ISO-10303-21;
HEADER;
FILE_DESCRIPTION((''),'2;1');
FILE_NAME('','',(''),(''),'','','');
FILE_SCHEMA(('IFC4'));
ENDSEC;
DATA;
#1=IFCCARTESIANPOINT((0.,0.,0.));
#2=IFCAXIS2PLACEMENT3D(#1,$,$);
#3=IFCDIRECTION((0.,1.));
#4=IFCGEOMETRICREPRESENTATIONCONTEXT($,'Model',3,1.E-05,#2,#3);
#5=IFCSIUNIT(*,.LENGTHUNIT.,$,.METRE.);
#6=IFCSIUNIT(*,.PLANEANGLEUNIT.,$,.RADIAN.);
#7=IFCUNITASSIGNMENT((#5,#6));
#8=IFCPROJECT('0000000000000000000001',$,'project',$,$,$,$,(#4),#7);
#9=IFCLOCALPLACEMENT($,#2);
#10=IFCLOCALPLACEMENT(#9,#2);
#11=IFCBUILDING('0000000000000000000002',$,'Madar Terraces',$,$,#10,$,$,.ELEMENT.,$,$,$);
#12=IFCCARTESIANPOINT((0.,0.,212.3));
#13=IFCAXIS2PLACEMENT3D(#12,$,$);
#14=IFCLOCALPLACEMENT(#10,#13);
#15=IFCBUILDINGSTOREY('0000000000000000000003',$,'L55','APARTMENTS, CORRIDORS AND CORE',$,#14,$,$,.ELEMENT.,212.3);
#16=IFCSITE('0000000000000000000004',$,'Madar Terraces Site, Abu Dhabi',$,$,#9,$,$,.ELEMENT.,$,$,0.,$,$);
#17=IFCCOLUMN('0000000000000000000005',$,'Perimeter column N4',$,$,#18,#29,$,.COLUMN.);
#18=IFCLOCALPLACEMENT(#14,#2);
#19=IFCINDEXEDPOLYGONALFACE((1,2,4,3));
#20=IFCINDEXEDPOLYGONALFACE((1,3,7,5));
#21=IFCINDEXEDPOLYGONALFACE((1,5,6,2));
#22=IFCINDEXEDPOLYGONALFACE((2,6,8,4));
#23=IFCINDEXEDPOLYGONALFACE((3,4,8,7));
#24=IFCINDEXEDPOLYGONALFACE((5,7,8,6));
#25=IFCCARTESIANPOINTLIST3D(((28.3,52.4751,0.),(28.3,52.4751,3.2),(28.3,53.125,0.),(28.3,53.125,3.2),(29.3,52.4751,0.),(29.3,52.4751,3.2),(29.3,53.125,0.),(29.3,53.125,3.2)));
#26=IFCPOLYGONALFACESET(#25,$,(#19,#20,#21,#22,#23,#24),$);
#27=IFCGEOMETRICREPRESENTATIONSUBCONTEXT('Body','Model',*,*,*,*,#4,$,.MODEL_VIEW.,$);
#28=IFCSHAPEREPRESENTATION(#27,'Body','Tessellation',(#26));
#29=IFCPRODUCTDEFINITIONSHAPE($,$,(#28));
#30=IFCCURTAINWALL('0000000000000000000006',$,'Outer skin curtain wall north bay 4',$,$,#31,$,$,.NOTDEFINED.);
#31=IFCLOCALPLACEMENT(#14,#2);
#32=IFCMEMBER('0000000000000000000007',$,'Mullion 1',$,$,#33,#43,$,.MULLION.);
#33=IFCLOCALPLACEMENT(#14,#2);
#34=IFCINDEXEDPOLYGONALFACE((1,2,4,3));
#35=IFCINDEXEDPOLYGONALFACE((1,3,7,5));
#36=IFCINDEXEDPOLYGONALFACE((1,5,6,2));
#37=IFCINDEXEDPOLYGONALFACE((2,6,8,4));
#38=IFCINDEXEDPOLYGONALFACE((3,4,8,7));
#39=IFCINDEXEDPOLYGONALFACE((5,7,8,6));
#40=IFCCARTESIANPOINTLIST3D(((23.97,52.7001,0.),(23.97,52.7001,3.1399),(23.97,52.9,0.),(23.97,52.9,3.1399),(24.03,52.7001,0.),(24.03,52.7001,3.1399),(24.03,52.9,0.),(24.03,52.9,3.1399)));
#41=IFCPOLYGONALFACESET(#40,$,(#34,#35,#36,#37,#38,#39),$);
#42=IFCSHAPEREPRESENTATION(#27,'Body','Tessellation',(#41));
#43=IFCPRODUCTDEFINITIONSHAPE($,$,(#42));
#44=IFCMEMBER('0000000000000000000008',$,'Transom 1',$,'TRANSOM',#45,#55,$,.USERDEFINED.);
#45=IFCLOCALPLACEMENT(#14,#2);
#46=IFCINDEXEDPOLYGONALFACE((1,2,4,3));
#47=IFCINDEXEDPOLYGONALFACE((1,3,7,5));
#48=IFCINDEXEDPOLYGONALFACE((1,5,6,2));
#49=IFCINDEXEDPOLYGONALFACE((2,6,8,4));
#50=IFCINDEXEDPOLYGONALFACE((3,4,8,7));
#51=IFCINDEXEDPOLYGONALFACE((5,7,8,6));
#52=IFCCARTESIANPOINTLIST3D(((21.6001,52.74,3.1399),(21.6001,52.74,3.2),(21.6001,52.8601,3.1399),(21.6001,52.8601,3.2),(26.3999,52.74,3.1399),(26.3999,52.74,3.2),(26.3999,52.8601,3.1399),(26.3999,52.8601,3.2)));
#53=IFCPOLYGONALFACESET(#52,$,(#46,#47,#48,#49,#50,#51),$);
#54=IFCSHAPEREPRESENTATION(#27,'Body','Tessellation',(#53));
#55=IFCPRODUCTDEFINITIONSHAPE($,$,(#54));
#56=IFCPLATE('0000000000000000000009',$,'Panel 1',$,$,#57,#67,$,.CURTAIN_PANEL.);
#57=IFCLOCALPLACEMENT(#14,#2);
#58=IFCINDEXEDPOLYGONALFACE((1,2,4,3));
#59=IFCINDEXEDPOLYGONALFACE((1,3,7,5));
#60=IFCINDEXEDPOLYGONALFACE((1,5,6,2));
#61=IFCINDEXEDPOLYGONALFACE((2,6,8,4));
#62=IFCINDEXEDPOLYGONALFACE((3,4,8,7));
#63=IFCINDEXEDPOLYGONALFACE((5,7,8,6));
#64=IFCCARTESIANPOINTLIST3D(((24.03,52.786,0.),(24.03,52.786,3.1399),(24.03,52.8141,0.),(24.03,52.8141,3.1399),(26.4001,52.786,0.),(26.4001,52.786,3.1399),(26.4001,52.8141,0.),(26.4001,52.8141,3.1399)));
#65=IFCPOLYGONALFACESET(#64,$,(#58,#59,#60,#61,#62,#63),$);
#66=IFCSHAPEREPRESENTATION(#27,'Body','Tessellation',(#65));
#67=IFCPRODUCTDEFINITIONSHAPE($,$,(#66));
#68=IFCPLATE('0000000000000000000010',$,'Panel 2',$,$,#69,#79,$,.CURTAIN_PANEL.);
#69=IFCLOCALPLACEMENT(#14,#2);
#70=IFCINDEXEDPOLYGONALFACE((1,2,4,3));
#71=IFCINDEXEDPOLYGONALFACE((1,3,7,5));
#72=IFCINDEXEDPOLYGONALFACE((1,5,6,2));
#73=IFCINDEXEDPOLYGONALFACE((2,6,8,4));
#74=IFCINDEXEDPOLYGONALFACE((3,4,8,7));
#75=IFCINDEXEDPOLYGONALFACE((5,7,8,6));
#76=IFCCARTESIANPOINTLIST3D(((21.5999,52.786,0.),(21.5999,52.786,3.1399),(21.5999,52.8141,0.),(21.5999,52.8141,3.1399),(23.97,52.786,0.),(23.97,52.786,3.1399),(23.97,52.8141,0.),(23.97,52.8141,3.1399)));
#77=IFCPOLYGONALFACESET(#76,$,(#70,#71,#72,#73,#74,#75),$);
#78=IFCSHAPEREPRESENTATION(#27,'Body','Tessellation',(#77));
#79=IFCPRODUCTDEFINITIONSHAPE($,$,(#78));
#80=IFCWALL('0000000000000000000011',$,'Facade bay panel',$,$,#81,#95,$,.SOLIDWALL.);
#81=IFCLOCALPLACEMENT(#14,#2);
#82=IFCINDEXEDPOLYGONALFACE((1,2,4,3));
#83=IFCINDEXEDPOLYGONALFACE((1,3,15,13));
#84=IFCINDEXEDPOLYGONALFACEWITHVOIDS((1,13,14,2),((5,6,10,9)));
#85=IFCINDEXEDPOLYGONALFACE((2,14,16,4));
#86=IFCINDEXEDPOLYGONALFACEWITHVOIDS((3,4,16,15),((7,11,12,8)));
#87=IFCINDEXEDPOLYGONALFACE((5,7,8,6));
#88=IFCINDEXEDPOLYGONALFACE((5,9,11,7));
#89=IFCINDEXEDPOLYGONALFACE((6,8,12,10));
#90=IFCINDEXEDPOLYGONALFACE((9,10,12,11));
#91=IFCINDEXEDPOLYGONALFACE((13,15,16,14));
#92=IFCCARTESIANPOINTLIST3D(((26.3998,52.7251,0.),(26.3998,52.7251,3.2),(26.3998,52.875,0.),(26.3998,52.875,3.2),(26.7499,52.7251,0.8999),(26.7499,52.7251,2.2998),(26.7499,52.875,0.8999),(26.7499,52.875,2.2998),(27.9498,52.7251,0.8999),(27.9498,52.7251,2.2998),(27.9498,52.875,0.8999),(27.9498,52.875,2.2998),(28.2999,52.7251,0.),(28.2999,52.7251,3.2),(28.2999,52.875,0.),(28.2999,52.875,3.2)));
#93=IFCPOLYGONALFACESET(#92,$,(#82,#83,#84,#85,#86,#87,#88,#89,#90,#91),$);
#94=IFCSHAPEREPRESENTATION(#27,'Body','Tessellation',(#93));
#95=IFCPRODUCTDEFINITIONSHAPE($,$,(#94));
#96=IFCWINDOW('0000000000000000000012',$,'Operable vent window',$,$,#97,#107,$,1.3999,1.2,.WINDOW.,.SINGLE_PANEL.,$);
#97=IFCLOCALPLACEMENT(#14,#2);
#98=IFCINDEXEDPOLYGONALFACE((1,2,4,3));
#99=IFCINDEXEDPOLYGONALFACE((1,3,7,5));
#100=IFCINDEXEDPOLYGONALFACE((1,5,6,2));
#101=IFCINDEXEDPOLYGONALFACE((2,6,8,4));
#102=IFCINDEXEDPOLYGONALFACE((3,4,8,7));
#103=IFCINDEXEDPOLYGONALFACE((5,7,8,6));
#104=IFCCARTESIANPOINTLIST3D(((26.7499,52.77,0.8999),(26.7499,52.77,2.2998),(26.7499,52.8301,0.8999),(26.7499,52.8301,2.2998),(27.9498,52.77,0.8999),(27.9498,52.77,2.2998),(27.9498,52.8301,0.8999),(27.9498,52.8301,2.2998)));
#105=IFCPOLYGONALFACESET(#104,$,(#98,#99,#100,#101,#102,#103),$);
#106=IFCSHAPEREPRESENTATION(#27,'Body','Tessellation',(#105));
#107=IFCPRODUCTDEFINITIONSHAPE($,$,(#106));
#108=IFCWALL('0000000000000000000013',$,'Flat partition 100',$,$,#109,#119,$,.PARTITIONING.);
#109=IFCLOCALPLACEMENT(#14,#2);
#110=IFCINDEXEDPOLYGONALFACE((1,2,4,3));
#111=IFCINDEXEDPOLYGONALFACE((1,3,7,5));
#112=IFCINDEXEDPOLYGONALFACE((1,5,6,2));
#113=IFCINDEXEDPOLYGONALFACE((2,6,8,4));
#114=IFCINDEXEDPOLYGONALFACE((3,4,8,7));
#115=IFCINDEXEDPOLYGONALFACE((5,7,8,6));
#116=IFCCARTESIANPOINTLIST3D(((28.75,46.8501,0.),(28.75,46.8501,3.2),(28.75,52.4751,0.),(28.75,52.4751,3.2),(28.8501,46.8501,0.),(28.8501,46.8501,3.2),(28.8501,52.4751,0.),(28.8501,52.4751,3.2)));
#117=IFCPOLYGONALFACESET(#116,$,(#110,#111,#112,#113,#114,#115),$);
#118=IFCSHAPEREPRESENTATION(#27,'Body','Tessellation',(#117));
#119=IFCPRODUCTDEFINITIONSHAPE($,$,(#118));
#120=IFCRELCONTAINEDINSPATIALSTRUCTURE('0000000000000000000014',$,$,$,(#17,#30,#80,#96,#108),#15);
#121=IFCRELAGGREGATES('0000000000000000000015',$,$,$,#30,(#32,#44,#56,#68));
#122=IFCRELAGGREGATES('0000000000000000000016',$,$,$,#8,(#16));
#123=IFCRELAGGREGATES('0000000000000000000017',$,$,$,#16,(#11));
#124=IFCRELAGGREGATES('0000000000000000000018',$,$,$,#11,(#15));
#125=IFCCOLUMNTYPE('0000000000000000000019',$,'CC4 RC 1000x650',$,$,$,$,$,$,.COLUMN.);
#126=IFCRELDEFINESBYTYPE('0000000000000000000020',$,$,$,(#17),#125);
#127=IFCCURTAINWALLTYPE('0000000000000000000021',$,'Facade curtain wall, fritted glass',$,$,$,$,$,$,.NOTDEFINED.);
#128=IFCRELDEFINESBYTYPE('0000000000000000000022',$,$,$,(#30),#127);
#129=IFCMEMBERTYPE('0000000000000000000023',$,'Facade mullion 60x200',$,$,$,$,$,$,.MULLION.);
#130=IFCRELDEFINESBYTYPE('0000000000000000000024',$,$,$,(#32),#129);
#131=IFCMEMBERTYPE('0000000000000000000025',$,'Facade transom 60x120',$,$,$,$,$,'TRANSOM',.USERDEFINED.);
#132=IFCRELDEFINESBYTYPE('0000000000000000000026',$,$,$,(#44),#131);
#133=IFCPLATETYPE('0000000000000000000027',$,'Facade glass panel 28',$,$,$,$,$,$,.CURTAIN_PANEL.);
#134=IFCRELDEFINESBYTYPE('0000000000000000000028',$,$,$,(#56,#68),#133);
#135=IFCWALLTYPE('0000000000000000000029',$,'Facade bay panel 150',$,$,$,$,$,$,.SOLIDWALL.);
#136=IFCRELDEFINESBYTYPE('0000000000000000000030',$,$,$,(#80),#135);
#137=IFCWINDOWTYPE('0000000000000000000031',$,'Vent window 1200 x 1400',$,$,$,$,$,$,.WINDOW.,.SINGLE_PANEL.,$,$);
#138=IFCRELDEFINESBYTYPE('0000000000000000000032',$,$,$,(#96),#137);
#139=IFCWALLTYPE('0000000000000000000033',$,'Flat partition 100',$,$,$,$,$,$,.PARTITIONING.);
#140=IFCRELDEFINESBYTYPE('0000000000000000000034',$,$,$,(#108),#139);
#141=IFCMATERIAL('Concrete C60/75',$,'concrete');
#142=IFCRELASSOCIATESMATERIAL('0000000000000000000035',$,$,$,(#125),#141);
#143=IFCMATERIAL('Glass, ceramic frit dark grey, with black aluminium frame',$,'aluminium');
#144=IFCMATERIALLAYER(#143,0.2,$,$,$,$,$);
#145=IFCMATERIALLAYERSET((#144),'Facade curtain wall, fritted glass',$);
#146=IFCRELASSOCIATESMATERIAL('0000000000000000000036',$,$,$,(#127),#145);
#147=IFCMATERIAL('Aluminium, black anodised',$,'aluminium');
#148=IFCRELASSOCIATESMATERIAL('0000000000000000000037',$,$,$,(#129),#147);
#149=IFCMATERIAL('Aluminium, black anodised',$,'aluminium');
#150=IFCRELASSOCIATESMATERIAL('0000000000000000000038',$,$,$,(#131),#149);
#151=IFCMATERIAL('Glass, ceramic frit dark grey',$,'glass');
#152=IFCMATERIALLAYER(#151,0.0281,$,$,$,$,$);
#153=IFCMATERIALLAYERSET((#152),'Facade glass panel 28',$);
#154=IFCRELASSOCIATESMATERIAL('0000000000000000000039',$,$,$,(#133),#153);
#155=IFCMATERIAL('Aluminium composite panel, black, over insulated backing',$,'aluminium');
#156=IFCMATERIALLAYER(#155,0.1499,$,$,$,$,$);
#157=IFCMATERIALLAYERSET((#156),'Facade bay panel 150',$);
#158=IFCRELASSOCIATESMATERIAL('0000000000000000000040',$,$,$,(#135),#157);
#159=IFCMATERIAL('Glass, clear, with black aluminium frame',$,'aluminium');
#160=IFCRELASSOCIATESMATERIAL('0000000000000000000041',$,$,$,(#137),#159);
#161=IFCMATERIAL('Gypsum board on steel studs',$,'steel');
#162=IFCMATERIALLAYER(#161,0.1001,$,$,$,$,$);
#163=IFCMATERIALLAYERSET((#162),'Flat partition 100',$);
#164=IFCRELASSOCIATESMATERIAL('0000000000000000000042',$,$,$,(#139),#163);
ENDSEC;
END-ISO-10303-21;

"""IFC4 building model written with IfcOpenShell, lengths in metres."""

from ifc_helpers import new_model, si_unit, direction, frame, frame_2d, origin, origin_2d, place, context, subcontext, project, spatial, rectangle, extrude, material, layer, layer_set, material_profile, profile_set, type_object, element, fill, aggregate, save


model = new_model("IFC4")

# Units and contexts
model_context = context("Model", 3, precision=1e-05, world=origin(), true_north=direction((0.0, 1.0)))
body_context = subcontext(model_context, "Body", "Model", "MODEL_VIEW")
ifc_project = project(units=[si_unit("LENGTHUNIT", "METRE"), si_unit("PLANEANGLEUNIT", "RADIAN")], contexts=[model_context])

# Site, building, storey
site_placement = place(None, origin())
site = spatial("IfcSite", under=ifc_project, at=site_placement, Name="Madar Terraces Site, Abu Dhabi", CompositionType="ELEMENT", RefElevation=0.0)
building_placement = place(site_placement, origin())
building = spatial("IfcBuilding", under=site, at=building_placement, Name="Madar Terraces", CompositionType="ELEMENT")
storey_placement = place(building_placement, frame((0.0, 0.0, 212.3)))
storey = spatial("IfcBuildingStorey", under=building, at=storey_placement, Name="L55", Description="APARTMENTS, CORRIDORS AND CORE", CompositionType="ELEMENT", Elevation=212.3)

# Column
ifc_material_1 = material(Name="Concrete C60/75", Category="concrete")
ifc_material_profile_1 = material_profile(ifc_material_1, rectangle(XDim=1.0, YDim=0.6499, at=origin_2d()), Name="CC4 RC 1000x650")
ifc_profile_set_1 = profile_set([ifc_material_profile_1], Name="Concrete C60/75")
column_type = type_object("IfcColumnType", Name="CC4 RC 1000x650", PredefinedType="COLUMN", material=ifc_profile_set_1)
column_placement = place(storey_placement, frame((28.8, 52.8, 0.0), z_axis=(0.0, 0.0, 1.0), x_axis=(1.0, 0.0, 0.0)))
element("IfcColumn", 1, at=column_placement, inside=storey, type_object=column_type, Name="Perimeter column N4", PredefinedType="COLUMN", context=body_context, shape_type="SweptSolid", body=[
    extrude(rectangle(XDim=1.0, YDim=0.6499, at=origin_2d()), origin(), (0.0, 0.0, 1.0), 3.2),
])

# Curtain wall, members, plates
ifc_material_2 = material(Name="Glass, ceramic frit dark grey, with black aluminium frame", Category="aluminium")
ifc_layer_1 = layer(ifc_material_2, 0.2)
ifc_layer_set_1 = layer_set([ifc_layer_1], Name="Facade curtain wall, fritted glass")
curtain_wall_type = type_object("IfcCurtainWallType", Name="Facade curtain wall, fritted glass", PredefinedType="NOTDEFINED", material=ifc_layer_set_1)
curtain_wall_placement = place(storey_placement, origin())
curtain_wall = element("IfcCurtainWall", 2, at=curtain_wall_placement, inside=storey, type_object=curtain_wall_type, Name="Outer skin curtain wall north bay 4", PredefinedType="NOTDEFINED")
ifc_material_3 = material(Name="Aluminium, black anodised", Category="aluminium")
ifc_material_profile_2 = material_profile(ifc_material_3, rectangle(XDim=0.2, YDim=0.0601, at=origin_2d()), Name="Facade mullion 60x200")
ifc_profile_set_2 = profile_set([ifc_material_profile_2], Name="Aluminium, black anodised")
member_type_1 = type_object("IfcMemberType", Name="Facade mullion 60x200", PredefinedType="MULLION", material=ifc_profile_set_2)
member_1_placement = place(storey_placement, frame((24.0, 52.8, 0.0), z_axis=(0.0, 0.0, 1.0), x_axis=(0.0, -1.0, 0.0)))
member_1 = element("IfcMember", 3, at=member_1_placement, type_object=member_type_1, Name="Mullion 1", PredefinedType="MULLION", context=body_context, shape_type="SweptSolid", body=[
    extrude(rectangle(XDim=0.2, YDim=0.0601, at=origin_2d()), origin(), (0.0, 0.0, 1.0), 3.1399),
])
ifc_material_4 = material(Name="Aluminium, black anodised", Category="aluminium")
ifc_material_profile_3 = material_profile(ifc_material_4, rectangle(XDim=0.1201, YDim=0.0601, at=origin_2d()), Name="Facade transom 60x120")
ifc_profile_set_3 = profile_set([ifc_material_profile_3], Name="Aluminium, black anodised")
member_type_2 = type_object("IfcMemberType", Name="Facade transom 60x120", ElementType="TRANSOM", PredefinedType="USERDEFINED", material=ifc_profile_set_3)
member_2_placement = place(storey_placement, frame((26.3999, 52.8, 3.1699), z_axis=(-1.0, 0.0, 0.0), x_axis=(0.0, -1.0, 0.0)))
member_2 = element("IfcMember", 4, at=member_2_placement, type_object=member_type_2, Name="Transom 1", ObjectType="TRANSOM", PredefinedType="USERDEFINED", context=body_context, shape_type="SweptSolid", body=[
    extrude(rectangle(XDim=0.1201, YDim=0.0601, at=origin_2d()), origin(), (0.0, 0.0, 1.0), 4.7998),
])
ifc_material_5 = material(Name="Glass, ceramic frit dark grey", Category="glass")
ifc_layer_2 = layer(ifc_material_5, 0.0281)
ifc_layer_set_2 = layer_set([ifc_layer_2], Name="Facade glass panel 28")
plate_type = type_object("IfcPlateType", Name="Facade glass panel 28", PredefinedType="CURTAIN_PANEL", material=ifc_layer_set_2)
plate_1_placement = place(storey_placement, frame((25.2151, 52.8, 0.0), z_axis=(0.0, 0.0, 1.0), x_axis=(-1.0, 0.0, 0.0)))
plate_1 = element("IfcPlate", 5, at=plate_1_placement, type_object=plate_type, Name="Panel 1", PredefinedType="CURTAIN_PANEL", context=body_context, shape_type="SweptSolid", body=[
    extrude(rectangle(XDim=2.3701, YDim=0.0281, at=origin_2d()), origin(), (0.0, 0.0, 1.0), 3.1399),
])
plate_2_placement = place(storey_placement, frame((22.7849, 52.8, 0.0), z_axis=(0.0, 0.0, 1.0), x_axis=(-1.0, 0.0, 0.0)))
plate_2 = element("IfcPlate", 6, at=plate_2_placement, type_object=plate_type, Name="Panel 2", PredefinedType="CURTAIN_PANEL", context=body_context, shape_type="SweptSolid", body=[
    extrude(rectangle(XDim=2.3701, YDim=0.0281, at=origin_2d()), origin(), (0.0, 0.0, 1.0), 3.1399),
])
aggregate(curtain_wall, [member_1, member_2, plate_1, plate_2])

# Wall, opening, window
ifc_material_6 = material(Name="Aluminium composite panel, black, over insulated backing", Category="aluminium")
ifc_layer_3 = layer(ifc_material_6, 0.1499)
ifc_layer_set_3 = layer_set([ifc_layer_3], Name="Facade bay panel 150")
wall_type_1 = type_object("IfcWallType", Name="Facade bay panel 150", PredefinedType="SOLIDWALL", material=ifc_layer_set_3)
wall_1_placement = place(storey_placement, frame((28.3, 52.8, 0.0), z_axis=(0.0, 0.0, 1.0), x_axis=(-1.0, 0.0, 0.0)))
wall_1 = element("IfcWall", 7, at=wall_1_placement, inside=storey, type_object=wall_type_1, Name="Facade bay panel", PredefinedType="SOLIDWALL", context=body_context, shape_type="SweptSolid", body=[
    extrude(rectangle(XDim=1.9001, YDim=0.1499, at=frame_2d((0.9502, 0.0))), origin(), (0.0, 0.0, 1.0), 3.2),
])
opening_1_placement = place(wall_1_placement, frame((0.3501, 0.0, 0.8999)))
opening_1 = element("IfcOpeningElement", 8, at=opening_1_placement, cuts=wall_1, PredefinedType="OPENING", context=body_context, shape_type="SweptSolid", body=[
    extrude(rectangle(XDim=1.2, YDim=1.3999, at=frame_2d((0.6001, 0.7))), frame((0.0, 0.085, 0.0), z_axis=(0.0, -1.0, 0.0), x_axis=(1.0, 0.0, 0.0)), (0.0, 0.0, 1.0), 0.1699),
])
ifc_material_7 = material(Name="Glass, clear, with black aluminium frame", Category="aluminium")
window_type = type_object("IfcWindowType", Name="Vent window 1200 x 1400", PartitioningType="SINGLE_PANEL", PredefinedType="WINDOW", material=ifc_material_7)
window_placement = place(opening_1_placement, origin())
window = element("IfcWindow", 9, at=window_placement, inside=storey, type_object=window_type, Name="Operable vent window", OverallHeight=1.3999, OverallWidth=1.2, PartitioningType="SINGLE_PANEL", PredefinedType="WINDOW", context=body_context, shape_type="SweptSolid", body=[
    extrude(rectangle(XDim=1.2, YDim=1.3999, at=frame_2d((0.6001, 0.7))), frame((0.0, 0.03, 0.0), z_axis=(0.0, -1.0, 0.0), x_axis=(1.0, 0.0, 0.0)), (0.0, 0.0, 1.0), 0.0601),
])
fill(opening_1, window)

# Wall
ifc_material_8 = material(Name="Gypsum board on steel studs", Category="steel")
ifc_layer_4 = layer(ifc_material_8, 0.1001)
ifc_layer_set_4 = layer_set([ifc_layer_4], Name="Flat partition 100")
wall_type_2 = type_object("IfcWallType", Name="Flat partition 100", PredefinedType="PARTITIONING", material=ifc_layer_set_4)
wall_2_placement = place(storey_placement, frame((28.8, 46.8501, 0.0), z_axis=(0.0, 0.0, 1.0), x_axis=(0.0, 1.0, 0.0)))
element("IfcWall", 10, at=wall_2_placement, inside=storey, type_object=wall_type_2, Name="Flat partition 100", PredefinedType="PARTITIONING", context=body_context, shape_type="SweptSolid", body=[
    extrude(rectangle(XDim=5.625, YDim=0.1001, at=frame_2d((2.8125, 0.0))), origin(), (0.0, 0.0, 1.0), 3.2),
])

save(model, "model.ifc")
